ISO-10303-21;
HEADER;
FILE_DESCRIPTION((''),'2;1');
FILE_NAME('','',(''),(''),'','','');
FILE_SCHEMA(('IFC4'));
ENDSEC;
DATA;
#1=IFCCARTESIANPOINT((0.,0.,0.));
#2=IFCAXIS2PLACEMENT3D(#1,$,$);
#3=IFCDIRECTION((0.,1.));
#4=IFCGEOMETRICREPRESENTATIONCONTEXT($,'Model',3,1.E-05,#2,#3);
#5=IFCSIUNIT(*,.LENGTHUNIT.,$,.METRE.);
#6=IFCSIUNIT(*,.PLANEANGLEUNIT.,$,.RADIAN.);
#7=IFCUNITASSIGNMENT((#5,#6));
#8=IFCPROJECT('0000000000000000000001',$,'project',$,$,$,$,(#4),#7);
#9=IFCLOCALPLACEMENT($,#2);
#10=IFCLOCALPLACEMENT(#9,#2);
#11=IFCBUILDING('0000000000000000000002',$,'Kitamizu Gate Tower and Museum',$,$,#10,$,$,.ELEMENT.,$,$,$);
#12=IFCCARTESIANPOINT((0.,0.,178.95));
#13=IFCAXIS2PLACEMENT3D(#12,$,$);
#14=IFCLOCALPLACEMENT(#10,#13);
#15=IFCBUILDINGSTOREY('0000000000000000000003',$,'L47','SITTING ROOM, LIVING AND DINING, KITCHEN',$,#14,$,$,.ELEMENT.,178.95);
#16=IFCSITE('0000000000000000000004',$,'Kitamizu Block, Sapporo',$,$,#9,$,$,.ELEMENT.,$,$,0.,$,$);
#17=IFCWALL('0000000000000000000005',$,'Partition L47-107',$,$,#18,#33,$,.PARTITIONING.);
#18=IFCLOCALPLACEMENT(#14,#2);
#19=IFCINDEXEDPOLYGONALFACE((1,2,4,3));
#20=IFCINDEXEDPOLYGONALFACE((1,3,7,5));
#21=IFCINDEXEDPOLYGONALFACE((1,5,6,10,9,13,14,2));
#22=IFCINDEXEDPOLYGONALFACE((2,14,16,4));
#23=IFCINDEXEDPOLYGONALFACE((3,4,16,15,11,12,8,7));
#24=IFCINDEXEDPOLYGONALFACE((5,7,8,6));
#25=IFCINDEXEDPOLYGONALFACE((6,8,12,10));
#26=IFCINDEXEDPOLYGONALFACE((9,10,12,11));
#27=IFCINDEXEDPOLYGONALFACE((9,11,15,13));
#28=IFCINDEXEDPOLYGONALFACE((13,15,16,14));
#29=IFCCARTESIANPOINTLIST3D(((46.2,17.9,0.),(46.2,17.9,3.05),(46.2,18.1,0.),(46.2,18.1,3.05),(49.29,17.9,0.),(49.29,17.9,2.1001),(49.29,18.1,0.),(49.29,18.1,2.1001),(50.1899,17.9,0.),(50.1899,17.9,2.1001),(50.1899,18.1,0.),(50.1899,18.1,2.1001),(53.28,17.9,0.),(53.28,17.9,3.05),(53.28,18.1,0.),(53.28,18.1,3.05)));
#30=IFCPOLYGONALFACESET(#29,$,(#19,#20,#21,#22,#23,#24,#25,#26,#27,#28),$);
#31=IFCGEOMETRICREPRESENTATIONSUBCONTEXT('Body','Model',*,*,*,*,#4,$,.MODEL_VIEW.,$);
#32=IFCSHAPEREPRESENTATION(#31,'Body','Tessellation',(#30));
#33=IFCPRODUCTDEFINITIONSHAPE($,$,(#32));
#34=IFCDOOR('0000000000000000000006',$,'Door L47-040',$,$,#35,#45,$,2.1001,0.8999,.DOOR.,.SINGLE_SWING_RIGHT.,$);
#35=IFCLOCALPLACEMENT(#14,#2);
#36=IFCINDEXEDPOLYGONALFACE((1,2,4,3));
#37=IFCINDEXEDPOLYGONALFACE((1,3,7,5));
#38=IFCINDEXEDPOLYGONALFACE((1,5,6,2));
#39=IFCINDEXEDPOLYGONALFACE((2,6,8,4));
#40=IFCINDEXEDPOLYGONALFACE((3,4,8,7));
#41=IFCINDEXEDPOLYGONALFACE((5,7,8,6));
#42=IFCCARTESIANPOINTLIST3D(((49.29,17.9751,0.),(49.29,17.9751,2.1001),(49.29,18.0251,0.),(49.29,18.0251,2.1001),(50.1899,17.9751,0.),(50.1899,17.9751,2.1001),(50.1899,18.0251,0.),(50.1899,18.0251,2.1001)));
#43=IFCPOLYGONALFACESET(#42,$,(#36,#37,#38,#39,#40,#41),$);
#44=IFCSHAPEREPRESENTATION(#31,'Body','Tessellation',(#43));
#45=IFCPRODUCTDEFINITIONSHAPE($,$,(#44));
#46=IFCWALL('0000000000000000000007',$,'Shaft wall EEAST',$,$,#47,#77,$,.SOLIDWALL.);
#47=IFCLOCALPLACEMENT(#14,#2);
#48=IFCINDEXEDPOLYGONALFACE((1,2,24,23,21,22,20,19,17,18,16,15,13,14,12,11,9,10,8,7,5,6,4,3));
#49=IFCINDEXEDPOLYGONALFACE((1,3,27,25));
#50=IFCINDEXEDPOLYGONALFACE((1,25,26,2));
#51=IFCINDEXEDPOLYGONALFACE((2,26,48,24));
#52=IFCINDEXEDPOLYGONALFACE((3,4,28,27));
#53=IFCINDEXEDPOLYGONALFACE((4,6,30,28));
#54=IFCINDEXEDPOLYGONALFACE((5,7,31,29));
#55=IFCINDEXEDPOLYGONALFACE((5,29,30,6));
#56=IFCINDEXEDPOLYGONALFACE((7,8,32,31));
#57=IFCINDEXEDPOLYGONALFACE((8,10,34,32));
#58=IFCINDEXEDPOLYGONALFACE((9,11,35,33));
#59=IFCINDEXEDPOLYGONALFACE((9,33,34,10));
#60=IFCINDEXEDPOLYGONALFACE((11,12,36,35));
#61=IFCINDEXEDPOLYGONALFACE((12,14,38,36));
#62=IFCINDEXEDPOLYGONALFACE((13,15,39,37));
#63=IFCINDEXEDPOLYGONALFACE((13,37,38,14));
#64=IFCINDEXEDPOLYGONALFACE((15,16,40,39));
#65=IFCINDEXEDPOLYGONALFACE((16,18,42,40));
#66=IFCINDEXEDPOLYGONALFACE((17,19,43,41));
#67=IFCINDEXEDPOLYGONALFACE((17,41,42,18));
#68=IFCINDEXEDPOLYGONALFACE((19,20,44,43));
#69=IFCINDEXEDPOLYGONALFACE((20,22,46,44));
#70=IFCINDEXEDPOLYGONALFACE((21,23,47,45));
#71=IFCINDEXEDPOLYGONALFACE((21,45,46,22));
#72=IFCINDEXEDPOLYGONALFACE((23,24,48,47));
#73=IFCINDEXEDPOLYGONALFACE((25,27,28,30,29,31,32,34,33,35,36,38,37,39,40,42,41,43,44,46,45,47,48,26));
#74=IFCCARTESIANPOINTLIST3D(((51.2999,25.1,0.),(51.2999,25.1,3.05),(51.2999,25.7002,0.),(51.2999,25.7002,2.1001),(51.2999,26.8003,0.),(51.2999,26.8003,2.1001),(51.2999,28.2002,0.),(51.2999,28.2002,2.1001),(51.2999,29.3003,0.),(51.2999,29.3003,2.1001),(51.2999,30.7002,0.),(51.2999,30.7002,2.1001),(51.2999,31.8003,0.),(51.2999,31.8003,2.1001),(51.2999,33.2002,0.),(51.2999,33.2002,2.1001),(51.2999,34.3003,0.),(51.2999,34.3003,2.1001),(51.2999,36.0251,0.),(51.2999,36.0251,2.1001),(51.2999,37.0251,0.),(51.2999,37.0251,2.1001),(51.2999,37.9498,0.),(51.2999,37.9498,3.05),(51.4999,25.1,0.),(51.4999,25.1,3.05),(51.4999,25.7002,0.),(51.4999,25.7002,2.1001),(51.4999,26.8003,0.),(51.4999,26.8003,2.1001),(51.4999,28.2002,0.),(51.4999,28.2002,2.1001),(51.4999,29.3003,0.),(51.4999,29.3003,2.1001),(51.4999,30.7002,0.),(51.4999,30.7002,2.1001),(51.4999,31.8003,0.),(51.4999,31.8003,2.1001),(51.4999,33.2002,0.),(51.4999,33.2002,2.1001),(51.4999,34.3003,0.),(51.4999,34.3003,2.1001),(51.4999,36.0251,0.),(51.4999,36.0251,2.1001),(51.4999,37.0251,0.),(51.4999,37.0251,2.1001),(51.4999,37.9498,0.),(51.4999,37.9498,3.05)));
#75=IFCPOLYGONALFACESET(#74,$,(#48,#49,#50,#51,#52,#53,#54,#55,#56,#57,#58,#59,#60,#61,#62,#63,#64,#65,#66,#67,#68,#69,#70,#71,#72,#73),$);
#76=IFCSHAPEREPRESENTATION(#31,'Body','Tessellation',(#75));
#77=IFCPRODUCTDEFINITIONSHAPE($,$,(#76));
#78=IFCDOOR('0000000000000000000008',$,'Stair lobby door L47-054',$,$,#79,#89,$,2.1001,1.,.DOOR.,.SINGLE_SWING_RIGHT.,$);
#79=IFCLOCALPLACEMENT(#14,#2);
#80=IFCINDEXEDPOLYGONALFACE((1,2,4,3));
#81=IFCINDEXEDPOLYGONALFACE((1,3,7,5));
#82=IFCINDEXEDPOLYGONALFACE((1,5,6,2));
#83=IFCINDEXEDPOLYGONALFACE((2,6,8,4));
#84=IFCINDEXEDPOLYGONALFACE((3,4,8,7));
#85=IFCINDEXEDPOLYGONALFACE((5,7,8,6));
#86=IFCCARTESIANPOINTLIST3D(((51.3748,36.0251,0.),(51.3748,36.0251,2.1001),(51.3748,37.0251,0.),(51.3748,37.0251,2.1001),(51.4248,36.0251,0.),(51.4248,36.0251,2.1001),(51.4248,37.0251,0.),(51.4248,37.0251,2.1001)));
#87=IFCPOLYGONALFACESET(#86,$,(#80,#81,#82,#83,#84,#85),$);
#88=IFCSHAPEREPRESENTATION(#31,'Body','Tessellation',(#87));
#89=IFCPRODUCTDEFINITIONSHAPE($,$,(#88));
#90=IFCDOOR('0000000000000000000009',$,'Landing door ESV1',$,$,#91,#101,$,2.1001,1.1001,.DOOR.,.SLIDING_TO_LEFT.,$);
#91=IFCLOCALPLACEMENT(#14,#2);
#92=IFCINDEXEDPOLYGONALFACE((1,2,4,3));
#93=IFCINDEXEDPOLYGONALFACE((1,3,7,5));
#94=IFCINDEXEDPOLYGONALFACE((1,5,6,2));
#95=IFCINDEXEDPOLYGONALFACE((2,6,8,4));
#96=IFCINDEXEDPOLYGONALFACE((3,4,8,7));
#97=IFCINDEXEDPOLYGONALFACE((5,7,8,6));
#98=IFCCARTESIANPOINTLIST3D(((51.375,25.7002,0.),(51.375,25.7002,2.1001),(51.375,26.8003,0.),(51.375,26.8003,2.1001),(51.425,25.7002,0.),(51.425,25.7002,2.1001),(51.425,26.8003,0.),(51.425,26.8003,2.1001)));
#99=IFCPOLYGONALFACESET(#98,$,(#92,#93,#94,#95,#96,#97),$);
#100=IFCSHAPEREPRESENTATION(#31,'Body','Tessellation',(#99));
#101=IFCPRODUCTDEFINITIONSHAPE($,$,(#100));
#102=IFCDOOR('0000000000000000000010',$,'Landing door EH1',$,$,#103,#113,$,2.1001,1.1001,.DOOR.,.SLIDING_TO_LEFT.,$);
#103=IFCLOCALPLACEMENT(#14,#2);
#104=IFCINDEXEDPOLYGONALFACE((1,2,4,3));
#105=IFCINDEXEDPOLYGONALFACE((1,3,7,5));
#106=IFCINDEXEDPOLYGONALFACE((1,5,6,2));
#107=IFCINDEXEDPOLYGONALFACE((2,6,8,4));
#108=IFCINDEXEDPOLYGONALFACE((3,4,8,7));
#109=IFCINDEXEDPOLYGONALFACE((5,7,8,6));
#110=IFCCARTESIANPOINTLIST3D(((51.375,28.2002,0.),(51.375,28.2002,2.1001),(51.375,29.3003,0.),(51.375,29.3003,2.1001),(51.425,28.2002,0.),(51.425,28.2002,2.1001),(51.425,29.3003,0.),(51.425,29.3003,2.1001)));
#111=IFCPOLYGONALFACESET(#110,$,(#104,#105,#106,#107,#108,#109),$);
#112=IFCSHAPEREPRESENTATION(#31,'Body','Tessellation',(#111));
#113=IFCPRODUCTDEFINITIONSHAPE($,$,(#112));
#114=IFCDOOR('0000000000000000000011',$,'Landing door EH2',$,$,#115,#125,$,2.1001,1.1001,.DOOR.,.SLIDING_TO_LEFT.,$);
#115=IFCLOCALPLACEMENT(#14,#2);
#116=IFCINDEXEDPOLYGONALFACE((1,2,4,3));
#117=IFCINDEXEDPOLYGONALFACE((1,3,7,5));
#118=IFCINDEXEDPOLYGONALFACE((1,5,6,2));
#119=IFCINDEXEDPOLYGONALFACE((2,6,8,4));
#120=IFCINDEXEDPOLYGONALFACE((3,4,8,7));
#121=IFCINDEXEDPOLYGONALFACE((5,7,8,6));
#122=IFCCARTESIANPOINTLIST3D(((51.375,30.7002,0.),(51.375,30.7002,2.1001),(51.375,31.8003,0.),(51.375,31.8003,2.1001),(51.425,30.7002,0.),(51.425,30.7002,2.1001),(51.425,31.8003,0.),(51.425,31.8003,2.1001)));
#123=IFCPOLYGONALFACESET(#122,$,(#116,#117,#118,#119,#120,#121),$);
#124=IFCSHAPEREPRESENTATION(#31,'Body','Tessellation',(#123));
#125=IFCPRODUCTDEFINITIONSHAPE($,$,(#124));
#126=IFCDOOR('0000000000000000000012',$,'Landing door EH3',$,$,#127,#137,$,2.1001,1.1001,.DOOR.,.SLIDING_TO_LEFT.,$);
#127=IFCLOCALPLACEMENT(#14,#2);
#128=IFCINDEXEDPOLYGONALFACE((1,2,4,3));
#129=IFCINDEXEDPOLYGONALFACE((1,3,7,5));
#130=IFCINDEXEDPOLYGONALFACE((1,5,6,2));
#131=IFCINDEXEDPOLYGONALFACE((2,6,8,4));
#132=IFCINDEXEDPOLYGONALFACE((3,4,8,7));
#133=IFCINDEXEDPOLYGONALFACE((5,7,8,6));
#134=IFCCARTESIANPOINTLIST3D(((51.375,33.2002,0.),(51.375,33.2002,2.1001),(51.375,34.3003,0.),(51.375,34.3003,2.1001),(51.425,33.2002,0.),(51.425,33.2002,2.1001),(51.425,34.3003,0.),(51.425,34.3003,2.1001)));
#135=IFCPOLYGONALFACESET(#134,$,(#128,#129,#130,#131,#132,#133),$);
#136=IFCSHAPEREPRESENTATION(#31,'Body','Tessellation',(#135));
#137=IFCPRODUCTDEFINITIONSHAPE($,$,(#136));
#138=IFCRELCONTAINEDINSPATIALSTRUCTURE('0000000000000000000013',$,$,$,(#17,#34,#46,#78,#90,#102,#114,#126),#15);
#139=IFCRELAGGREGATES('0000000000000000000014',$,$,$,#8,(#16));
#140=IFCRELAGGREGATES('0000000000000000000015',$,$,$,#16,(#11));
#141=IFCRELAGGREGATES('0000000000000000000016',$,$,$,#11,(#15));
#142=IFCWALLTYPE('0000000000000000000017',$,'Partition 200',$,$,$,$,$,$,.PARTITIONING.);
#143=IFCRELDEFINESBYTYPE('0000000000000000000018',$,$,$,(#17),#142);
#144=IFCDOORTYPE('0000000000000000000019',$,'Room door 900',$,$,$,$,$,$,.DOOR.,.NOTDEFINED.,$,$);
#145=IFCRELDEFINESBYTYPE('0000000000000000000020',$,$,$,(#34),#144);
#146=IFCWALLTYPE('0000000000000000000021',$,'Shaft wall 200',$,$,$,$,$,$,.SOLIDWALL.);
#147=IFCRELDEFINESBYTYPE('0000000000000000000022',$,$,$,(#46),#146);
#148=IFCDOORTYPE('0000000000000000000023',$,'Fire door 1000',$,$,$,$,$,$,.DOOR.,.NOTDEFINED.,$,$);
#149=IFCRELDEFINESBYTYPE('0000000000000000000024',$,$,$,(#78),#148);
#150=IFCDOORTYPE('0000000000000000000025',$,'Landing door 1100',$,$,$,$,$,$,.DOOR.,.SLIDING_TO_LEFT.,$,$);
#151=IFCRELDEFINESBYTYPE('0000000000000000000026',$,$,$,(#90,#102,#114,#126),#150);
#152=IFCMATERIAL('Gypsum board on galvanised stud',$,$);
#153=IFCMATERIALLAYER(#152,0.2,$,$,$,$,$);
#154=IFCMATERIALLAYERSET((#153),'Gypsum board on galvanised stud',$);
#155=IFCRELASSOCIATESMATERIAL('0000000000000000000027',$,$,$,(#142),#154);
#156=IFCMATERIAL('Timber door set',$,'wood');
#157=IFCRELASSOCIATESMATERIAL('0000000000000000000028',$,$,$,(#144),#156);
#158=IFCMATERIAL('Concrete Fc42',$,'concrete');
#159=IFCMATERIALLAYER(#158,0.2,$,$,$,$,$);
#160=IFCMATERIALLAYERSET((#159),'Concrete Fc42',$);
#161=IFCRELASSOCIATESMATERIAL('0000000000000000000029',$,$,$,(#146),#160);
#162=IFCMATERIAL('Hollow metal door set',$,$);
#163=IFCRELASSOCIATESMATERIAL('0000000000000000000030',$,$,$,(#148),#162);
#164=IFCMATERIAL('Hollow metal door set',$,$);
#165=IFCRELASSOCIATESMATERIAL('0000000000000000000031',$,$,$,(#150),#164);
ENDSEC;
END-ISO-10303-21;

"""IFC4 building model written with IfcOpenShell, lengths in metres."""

from ifc_helpers import new_model, si_unit, direction, frame, frame_2d, origin, place, context, subcontext, project, spatial, rectangle, extrude, material, layer, layer_set, type_object, element, fill, save


model = new_model("IFC4")

# Units and contexts
model_context = context("Model", 3, precision=1e-05, world=origin(), true_north=direction((0.0, 1.0)))
body_context = subcontext(model_context, "Body", "Model", "MODEL_VIEW")
ifc_project = project(units=[si_unit("LENGTHUNIT", "METRE"), si_unit("PLANEANGLEUNIT", "RADIAN")], contexts=[model_context])

# Site, building, storey
site_placement = place(None, origin())
site = spatial("IfcSite", under=ifc_project, at=site_placement, Name="Kitamizu Block, Sapporo", CompositionType="ELEMENT", RefElevation=0.0)
building_placement = place(site_placement, origin())
building = spatial("IfcBuilding", under=site, at=building_placement, Name="Kitamizu Gate Tower and Museum", CompositionType="ELEMENT")
storey_placement = place(building_placement, frame((0.0, 0.0, 178.95)))
storey = spatial("IfcBuildingStorey", under=building, at=storey_placement, Name="L47", Description="SITTING ROOM, LIVING AND DINING, KITCHEN", CompositionType="ELEMENT", Elevation=178.95)

# Shared definitions
ifc_material_1 = material(Name="Gypsum board on galvanised stud")
ifc_layer_1 = layer(ifc_material_1, 0.2)
ifc_layer_set_1 = layer_set([ifc_layer_1], Name="Gypsum board on galvanised stud")
wall_type_1 = type_object("IfcWallType", Name="Partition 200", PredefinedType="PARTITIONING", material=ifc_layer_set_1)

# Wall, opening, door
wall_1_placement = place(storey_placement, frame((53.28, 18.0, 0.0), z_axis=(0.0, 0.0, 1.0), x_axis=(-1.0, 0.0, 0.0)))
wall_1 = element("IfcWall", 1, at=wall_1_placement, inside=storey, type_object=wall_type_1, Name="Partition L47-107", PredefinedType="PARTITIONING", context=body_context, shape_type="SweptSolid", body=[
    extrude(rectangle(XDim=7.0801, YDim=0.2, at=frame_2d((3.54, 0.0))), origin(), (0.0, 0.0, 1.0), 3.05),
])
opening_1_placement = place(wall_1_placement, frame((3.0901, 0.0, 0.0)))
opening_1 = element("IfcOpeningElement", 2, at=opening_1_placement, cuts=wall_1, PredefinedType="OPENING", context=body_context, shape_type="SweptSolid", body=[
    extrude(rectangle(XDim=0.8999, YDim=2.1001, at=frame_2d((0.45, 1.05))), frame((0.0, 0.1099, 0.0), z_axis=(0.0, -1.0, 0.0), x_axis=(1.0, 0.0, 0.0)), (0.0, 0.0, 1.0), 0.22),
])
ifc_material_2 = material(Name="Timber door set", Category="wood")
door_type_1 = type_object("IfcDoorType", Name="Room door 900", OperationType="NOTDEFINED", PredefinedType="DOOR", material=ifc_material_2)
door_1_placement = place(opening_1_placement, origin())
door_1 = element("IfcDoor", 3, at=door_1_placement, inside=storey, type_object=door_type_1, Name="Door L47-040", OperationType="SINGLE_SWING_RIGHT", OverallHeight=2.1001, OverallWidth=0.8999, PredefinedType="DOOR", context=body_context, shape_type="SweptSolid", body=[
    extrude(rectangle(XDim=0.8999, YDim=2.1001, at=frame_2d((0.45, 1.05))), frame((0.0, 0.0249, 0.0), z_axis=(0.0, -1.0, 0.0), x_axis=(1.0, 0.0, 0.0)), (0.0, 0.0, 1.0), 0.05),
])
fill(opening_1, door_1)

# Wall, openings, doors
ifc_material_3 = material(Name="Concrete Fc42", Category="concrete")
ifc_layer_2 = layer(ifc_material_3, 0.2)
ifc_layer_set_2 = layer_set([ifc_layer_2], Name="Concrete Fc42")
wall_type_2 = type_object("IfcWallType", Name="Shaft wall 200", PredefinedType="SOLIDWALL", material=ifc_layer_set_2)
wall_2_placement = place(storey_placement, frame((51.3999, 25.1001, 0.0), z_axis=(0.0, 0.0, 1.0), x_axis=(0.0, 1.0, 0.0)))
wall_2 = element("IfcWall", 4, at=wall_2_placement, inside=storey, type_object=wall_type_2, Name="Shaft wall EEAST", PredefinedType="SOLIDWALL", context=body_context, shape_type="SweptSolid", body=[
    extrude(rectangle(XDim=12.8499, YDim=0.2, at=frame_2d((6.4248, 0.0))), origin(), (0.0, 0.0, 1.0), 3.05),
])
opening_2_placement = place(wall_2_placement, frame((0.6001, 0.0, 0.0)))
opening_2 = element("IfcOpeningElement", 5, at=opening_2_placement, cuts=wall_2, PredefinedType="OPENING", context=body_context, shape_type="SweptSolid", body=[
    extrude(rectangle(XDim=1.1001, YDim=2.1001, at=frame_2d((0.55, 1.05))), frame((0.0, 0.1099, 0.0), z_axis=(0.0, -1.0, 0.0), x_axis=(1.0, 0.0, 0.0)), (0.0, 0.0, 1.0), 0.22),
])
opening_3_placement = place(wall_2_placement, frame((3.1001, 0.0, 0.0)))
opening_3 = element("IfcOpeningElement", 6, at=opening_3_placement, cuts=wall_2, PredefinedType="OPENING", context=body_context, shape_type="SweptSolid", body=[
    extrude(rectangle(XDim=1.1001, YDim=2.1001, at=frame_2d((0.55, 1.05))), frame((0.0, 0.1099, 0.0), z_axis=(0.0, -1.0, 0.0), x_axis=(1.0, 0.0, 0.0)), (0.0, 0.0, 1.0), 0.22),
])
opening_4_placement = place(wall_2_placement, frame((5.6001, 0.0, 0.0)))
opening_4 = element("IfcOpeningElement", 7, at=opening_4_placement, cuts=wall_2, PredefinedType="OPENING", context=body_context, shape_type="SweptSolid", body=[
    extrude(rectangle(XDim=1.1001, YDim=2.1001, at=frame_2d((0.55, 1.05))), frame((0.0, 0.1099, 0.0), z_axis=(0.0, -1.0, 0.0), x_axis=(1.0, 0.0, 0.0)), (0.0, 0.0, 1.0), 0.22),
])
opening_5_placement = place(wall_2_placement, frame((8.1001, 0.0, 0.0)))
opening_5 = element("IfcOpeningElement", 8, at=opening_5_placement, cuts=wall_2, PredefinedType="OPENING", context=body_context, shape_type="SweptSolid", body=[
    extrude(rectangle(XDim=1.1001, YDim=2.1001, at=frame_2d((0.55, 1.05))), frame((0.0, 0.1099, 0.0), z_axis=(0.0, -1.0, 0.0), x_axis=(1.0, 0.0, 0.0)), (0.0, 0.0, 1.0), 0.22),
])
opening_6_placement = place(wall_2_placement, frame((10.925, 0.0, 0.0)))
opening_6 = element("IfcOpeningElement", 9, at=opening_6_placement, cuts=wall_2, PredefinedType="OPENING", context=body_context, shape_type="SweptSolid", body=[
    extrude(rectangle(XDim=1.0, YDim=2.1001, at=frame_2d((0.5, 1.05))), frame((0.0, 0.1099, 0.0), z_axis=(0.0, -1.0, 0.0), x_axis=(1.0, 0.0, 0.0)), (0.0, 0.0, 1.0), 0.22),
])
ifc_material_4 = material(Name="Hollow metal door set")
door_type_2 = type_object("IfcDoorType", Name="Fire door 1000", OperationType="NOTDEFINED", PredefinedType="DOOR", material=ifc_material_4)
door_2_placement = place(opening_6_placement, frame((1.0, 0.0, 0.0), x_axis=(-1.0, 0.0, 0.0)))
door_2 = element("IfcDoor", 10, at=door_2_placement, inside=storey, type_object=door_type_2, Name="Stair lobby door L47-054", OperationType="SINGLE_SWING_RIGHT", OverallHeight=2.1001, OverallWidth=1.0, PredefinedType="DOOR", context=body_context, shape_type="SweptSolid", body=[
    extrude(rectangle(XDim=1.0, YDim=2.1001, at=frame_2d((0.5, 1.05))), frame((0.0, 0.0249, 0.0), z_axis=(0.0, -1.0, 0.0), x_axis=(1.0, 0.0, 0.0)), (0.0, 0.0, 1.0), 0.05),
])
fill(opening_6, door_2)
ifc_material_5 = material(Name="Hollow metal door set")
door_type_3 = type_object("IfcDoorType", Name="Landing door 1100", OperationType="SLIDING_TO_LEFT", PredefinedType="DOOR", material=ifc_material_5)
door_3_placement = place(opening_2_placement, origin())
door_3 = element("IfcDoor", 11, at=door_3_placement, inside=storey, type_object=door_type_3, Name="Landing door ESV1", OperationType="SLIDING_TO_LEFT", OverallHeight=2.1001, OverallWidth=1.1001, PredefinedType="DOOR", context=body_context, shape_type="SweptSolid", body=[
    extrude(rectangle(XDim=1.1001, YDim=2.1001, at=frame_2d((0.55, 1.05))), frame((0.0, 0.0249, 0.0), z_axis=(0.0, -1.0, 0.0), x_axis=(1.0, 0.0, 0.0)), (0.0, 0.0, 1.0), 0.05),
])
fill(opening_2, door_3)
door_4_placement = place(opening_3_placement, origin())
door_4 = element("IfcDoor", 12, at=door_4_placement, inside=storey, type_object=door_type_3, Name="Landing door EH1", OperationType="SLIDING_TO_LEFT", OverallHeight=2.1001, OverallWidth=1.1001, PredefinedType="DOOR", context=body_context, shape_type="SweptSolid", body=[
    extrude(rectangle(XDim=1.1001, YDim=2.1001, at=frame_2d((0.55, 1.05))), frame((0.0, 0.0249, 0.0), z_axis=(0.0, -1.0, 0.0), x_axis=(1.0, 0.0, 0.0)), (0.0, 0.0, 1.0), 0.05),
])
fill(opening_3, door_4)
door_5_placement = place(opening_4_placement, origin())
door_5 = element("IfcDoor", 13, at=door_5_placement, inside=storey, type_object=door_type_3, Name="Landing door EH2", OperationType="SLIDING_TO_LEFT", OverallHeight=2.1001, OverallWidth=1.1001, PredefinedType="DOOR", context=body_context, shape_type="SweptSolid", body=[
    extrude(rectangle(XDim=1.1001, YDim=2.1001, at=frame_2d((0.55, 1.05))), frame((0.0, 0.0249, 0.0), z_axis=(0.0, -1.0, 0.0), x_axis=(1.0, 0.0, 0.0)), (0.0, 0.0, 1.0), 0.05),
])
fill(opening_4, door_5)
door_6_placement = place(opening_5_placement, origin())
door_6 = element("IfcDoor", 14, at=door_6_placement, inside=storey, type_object=door_type_3, Name="Landing door EH3", OperationType="SLIDING_TO_LEFT", OverallHeight=2.1001, OverallWidth=1.1001, PredefinedType="DOOR", context=body_context, shape_type="SweptSolid", body=[
    extrude(rectangle(XDim=1.1001, YDim=2.1001, at=frame_2d((0.55, 1.05))), frame((0.0, 0.0249, 0.0), z_axis=(0.0, -1.0, 0.0), x_axis=(1.0, 0.0, 0.0)), (0.0, 0.0, 1.0), 0.05),
])
fill(opening_5, door_6)

save(model, "model.ifc")
